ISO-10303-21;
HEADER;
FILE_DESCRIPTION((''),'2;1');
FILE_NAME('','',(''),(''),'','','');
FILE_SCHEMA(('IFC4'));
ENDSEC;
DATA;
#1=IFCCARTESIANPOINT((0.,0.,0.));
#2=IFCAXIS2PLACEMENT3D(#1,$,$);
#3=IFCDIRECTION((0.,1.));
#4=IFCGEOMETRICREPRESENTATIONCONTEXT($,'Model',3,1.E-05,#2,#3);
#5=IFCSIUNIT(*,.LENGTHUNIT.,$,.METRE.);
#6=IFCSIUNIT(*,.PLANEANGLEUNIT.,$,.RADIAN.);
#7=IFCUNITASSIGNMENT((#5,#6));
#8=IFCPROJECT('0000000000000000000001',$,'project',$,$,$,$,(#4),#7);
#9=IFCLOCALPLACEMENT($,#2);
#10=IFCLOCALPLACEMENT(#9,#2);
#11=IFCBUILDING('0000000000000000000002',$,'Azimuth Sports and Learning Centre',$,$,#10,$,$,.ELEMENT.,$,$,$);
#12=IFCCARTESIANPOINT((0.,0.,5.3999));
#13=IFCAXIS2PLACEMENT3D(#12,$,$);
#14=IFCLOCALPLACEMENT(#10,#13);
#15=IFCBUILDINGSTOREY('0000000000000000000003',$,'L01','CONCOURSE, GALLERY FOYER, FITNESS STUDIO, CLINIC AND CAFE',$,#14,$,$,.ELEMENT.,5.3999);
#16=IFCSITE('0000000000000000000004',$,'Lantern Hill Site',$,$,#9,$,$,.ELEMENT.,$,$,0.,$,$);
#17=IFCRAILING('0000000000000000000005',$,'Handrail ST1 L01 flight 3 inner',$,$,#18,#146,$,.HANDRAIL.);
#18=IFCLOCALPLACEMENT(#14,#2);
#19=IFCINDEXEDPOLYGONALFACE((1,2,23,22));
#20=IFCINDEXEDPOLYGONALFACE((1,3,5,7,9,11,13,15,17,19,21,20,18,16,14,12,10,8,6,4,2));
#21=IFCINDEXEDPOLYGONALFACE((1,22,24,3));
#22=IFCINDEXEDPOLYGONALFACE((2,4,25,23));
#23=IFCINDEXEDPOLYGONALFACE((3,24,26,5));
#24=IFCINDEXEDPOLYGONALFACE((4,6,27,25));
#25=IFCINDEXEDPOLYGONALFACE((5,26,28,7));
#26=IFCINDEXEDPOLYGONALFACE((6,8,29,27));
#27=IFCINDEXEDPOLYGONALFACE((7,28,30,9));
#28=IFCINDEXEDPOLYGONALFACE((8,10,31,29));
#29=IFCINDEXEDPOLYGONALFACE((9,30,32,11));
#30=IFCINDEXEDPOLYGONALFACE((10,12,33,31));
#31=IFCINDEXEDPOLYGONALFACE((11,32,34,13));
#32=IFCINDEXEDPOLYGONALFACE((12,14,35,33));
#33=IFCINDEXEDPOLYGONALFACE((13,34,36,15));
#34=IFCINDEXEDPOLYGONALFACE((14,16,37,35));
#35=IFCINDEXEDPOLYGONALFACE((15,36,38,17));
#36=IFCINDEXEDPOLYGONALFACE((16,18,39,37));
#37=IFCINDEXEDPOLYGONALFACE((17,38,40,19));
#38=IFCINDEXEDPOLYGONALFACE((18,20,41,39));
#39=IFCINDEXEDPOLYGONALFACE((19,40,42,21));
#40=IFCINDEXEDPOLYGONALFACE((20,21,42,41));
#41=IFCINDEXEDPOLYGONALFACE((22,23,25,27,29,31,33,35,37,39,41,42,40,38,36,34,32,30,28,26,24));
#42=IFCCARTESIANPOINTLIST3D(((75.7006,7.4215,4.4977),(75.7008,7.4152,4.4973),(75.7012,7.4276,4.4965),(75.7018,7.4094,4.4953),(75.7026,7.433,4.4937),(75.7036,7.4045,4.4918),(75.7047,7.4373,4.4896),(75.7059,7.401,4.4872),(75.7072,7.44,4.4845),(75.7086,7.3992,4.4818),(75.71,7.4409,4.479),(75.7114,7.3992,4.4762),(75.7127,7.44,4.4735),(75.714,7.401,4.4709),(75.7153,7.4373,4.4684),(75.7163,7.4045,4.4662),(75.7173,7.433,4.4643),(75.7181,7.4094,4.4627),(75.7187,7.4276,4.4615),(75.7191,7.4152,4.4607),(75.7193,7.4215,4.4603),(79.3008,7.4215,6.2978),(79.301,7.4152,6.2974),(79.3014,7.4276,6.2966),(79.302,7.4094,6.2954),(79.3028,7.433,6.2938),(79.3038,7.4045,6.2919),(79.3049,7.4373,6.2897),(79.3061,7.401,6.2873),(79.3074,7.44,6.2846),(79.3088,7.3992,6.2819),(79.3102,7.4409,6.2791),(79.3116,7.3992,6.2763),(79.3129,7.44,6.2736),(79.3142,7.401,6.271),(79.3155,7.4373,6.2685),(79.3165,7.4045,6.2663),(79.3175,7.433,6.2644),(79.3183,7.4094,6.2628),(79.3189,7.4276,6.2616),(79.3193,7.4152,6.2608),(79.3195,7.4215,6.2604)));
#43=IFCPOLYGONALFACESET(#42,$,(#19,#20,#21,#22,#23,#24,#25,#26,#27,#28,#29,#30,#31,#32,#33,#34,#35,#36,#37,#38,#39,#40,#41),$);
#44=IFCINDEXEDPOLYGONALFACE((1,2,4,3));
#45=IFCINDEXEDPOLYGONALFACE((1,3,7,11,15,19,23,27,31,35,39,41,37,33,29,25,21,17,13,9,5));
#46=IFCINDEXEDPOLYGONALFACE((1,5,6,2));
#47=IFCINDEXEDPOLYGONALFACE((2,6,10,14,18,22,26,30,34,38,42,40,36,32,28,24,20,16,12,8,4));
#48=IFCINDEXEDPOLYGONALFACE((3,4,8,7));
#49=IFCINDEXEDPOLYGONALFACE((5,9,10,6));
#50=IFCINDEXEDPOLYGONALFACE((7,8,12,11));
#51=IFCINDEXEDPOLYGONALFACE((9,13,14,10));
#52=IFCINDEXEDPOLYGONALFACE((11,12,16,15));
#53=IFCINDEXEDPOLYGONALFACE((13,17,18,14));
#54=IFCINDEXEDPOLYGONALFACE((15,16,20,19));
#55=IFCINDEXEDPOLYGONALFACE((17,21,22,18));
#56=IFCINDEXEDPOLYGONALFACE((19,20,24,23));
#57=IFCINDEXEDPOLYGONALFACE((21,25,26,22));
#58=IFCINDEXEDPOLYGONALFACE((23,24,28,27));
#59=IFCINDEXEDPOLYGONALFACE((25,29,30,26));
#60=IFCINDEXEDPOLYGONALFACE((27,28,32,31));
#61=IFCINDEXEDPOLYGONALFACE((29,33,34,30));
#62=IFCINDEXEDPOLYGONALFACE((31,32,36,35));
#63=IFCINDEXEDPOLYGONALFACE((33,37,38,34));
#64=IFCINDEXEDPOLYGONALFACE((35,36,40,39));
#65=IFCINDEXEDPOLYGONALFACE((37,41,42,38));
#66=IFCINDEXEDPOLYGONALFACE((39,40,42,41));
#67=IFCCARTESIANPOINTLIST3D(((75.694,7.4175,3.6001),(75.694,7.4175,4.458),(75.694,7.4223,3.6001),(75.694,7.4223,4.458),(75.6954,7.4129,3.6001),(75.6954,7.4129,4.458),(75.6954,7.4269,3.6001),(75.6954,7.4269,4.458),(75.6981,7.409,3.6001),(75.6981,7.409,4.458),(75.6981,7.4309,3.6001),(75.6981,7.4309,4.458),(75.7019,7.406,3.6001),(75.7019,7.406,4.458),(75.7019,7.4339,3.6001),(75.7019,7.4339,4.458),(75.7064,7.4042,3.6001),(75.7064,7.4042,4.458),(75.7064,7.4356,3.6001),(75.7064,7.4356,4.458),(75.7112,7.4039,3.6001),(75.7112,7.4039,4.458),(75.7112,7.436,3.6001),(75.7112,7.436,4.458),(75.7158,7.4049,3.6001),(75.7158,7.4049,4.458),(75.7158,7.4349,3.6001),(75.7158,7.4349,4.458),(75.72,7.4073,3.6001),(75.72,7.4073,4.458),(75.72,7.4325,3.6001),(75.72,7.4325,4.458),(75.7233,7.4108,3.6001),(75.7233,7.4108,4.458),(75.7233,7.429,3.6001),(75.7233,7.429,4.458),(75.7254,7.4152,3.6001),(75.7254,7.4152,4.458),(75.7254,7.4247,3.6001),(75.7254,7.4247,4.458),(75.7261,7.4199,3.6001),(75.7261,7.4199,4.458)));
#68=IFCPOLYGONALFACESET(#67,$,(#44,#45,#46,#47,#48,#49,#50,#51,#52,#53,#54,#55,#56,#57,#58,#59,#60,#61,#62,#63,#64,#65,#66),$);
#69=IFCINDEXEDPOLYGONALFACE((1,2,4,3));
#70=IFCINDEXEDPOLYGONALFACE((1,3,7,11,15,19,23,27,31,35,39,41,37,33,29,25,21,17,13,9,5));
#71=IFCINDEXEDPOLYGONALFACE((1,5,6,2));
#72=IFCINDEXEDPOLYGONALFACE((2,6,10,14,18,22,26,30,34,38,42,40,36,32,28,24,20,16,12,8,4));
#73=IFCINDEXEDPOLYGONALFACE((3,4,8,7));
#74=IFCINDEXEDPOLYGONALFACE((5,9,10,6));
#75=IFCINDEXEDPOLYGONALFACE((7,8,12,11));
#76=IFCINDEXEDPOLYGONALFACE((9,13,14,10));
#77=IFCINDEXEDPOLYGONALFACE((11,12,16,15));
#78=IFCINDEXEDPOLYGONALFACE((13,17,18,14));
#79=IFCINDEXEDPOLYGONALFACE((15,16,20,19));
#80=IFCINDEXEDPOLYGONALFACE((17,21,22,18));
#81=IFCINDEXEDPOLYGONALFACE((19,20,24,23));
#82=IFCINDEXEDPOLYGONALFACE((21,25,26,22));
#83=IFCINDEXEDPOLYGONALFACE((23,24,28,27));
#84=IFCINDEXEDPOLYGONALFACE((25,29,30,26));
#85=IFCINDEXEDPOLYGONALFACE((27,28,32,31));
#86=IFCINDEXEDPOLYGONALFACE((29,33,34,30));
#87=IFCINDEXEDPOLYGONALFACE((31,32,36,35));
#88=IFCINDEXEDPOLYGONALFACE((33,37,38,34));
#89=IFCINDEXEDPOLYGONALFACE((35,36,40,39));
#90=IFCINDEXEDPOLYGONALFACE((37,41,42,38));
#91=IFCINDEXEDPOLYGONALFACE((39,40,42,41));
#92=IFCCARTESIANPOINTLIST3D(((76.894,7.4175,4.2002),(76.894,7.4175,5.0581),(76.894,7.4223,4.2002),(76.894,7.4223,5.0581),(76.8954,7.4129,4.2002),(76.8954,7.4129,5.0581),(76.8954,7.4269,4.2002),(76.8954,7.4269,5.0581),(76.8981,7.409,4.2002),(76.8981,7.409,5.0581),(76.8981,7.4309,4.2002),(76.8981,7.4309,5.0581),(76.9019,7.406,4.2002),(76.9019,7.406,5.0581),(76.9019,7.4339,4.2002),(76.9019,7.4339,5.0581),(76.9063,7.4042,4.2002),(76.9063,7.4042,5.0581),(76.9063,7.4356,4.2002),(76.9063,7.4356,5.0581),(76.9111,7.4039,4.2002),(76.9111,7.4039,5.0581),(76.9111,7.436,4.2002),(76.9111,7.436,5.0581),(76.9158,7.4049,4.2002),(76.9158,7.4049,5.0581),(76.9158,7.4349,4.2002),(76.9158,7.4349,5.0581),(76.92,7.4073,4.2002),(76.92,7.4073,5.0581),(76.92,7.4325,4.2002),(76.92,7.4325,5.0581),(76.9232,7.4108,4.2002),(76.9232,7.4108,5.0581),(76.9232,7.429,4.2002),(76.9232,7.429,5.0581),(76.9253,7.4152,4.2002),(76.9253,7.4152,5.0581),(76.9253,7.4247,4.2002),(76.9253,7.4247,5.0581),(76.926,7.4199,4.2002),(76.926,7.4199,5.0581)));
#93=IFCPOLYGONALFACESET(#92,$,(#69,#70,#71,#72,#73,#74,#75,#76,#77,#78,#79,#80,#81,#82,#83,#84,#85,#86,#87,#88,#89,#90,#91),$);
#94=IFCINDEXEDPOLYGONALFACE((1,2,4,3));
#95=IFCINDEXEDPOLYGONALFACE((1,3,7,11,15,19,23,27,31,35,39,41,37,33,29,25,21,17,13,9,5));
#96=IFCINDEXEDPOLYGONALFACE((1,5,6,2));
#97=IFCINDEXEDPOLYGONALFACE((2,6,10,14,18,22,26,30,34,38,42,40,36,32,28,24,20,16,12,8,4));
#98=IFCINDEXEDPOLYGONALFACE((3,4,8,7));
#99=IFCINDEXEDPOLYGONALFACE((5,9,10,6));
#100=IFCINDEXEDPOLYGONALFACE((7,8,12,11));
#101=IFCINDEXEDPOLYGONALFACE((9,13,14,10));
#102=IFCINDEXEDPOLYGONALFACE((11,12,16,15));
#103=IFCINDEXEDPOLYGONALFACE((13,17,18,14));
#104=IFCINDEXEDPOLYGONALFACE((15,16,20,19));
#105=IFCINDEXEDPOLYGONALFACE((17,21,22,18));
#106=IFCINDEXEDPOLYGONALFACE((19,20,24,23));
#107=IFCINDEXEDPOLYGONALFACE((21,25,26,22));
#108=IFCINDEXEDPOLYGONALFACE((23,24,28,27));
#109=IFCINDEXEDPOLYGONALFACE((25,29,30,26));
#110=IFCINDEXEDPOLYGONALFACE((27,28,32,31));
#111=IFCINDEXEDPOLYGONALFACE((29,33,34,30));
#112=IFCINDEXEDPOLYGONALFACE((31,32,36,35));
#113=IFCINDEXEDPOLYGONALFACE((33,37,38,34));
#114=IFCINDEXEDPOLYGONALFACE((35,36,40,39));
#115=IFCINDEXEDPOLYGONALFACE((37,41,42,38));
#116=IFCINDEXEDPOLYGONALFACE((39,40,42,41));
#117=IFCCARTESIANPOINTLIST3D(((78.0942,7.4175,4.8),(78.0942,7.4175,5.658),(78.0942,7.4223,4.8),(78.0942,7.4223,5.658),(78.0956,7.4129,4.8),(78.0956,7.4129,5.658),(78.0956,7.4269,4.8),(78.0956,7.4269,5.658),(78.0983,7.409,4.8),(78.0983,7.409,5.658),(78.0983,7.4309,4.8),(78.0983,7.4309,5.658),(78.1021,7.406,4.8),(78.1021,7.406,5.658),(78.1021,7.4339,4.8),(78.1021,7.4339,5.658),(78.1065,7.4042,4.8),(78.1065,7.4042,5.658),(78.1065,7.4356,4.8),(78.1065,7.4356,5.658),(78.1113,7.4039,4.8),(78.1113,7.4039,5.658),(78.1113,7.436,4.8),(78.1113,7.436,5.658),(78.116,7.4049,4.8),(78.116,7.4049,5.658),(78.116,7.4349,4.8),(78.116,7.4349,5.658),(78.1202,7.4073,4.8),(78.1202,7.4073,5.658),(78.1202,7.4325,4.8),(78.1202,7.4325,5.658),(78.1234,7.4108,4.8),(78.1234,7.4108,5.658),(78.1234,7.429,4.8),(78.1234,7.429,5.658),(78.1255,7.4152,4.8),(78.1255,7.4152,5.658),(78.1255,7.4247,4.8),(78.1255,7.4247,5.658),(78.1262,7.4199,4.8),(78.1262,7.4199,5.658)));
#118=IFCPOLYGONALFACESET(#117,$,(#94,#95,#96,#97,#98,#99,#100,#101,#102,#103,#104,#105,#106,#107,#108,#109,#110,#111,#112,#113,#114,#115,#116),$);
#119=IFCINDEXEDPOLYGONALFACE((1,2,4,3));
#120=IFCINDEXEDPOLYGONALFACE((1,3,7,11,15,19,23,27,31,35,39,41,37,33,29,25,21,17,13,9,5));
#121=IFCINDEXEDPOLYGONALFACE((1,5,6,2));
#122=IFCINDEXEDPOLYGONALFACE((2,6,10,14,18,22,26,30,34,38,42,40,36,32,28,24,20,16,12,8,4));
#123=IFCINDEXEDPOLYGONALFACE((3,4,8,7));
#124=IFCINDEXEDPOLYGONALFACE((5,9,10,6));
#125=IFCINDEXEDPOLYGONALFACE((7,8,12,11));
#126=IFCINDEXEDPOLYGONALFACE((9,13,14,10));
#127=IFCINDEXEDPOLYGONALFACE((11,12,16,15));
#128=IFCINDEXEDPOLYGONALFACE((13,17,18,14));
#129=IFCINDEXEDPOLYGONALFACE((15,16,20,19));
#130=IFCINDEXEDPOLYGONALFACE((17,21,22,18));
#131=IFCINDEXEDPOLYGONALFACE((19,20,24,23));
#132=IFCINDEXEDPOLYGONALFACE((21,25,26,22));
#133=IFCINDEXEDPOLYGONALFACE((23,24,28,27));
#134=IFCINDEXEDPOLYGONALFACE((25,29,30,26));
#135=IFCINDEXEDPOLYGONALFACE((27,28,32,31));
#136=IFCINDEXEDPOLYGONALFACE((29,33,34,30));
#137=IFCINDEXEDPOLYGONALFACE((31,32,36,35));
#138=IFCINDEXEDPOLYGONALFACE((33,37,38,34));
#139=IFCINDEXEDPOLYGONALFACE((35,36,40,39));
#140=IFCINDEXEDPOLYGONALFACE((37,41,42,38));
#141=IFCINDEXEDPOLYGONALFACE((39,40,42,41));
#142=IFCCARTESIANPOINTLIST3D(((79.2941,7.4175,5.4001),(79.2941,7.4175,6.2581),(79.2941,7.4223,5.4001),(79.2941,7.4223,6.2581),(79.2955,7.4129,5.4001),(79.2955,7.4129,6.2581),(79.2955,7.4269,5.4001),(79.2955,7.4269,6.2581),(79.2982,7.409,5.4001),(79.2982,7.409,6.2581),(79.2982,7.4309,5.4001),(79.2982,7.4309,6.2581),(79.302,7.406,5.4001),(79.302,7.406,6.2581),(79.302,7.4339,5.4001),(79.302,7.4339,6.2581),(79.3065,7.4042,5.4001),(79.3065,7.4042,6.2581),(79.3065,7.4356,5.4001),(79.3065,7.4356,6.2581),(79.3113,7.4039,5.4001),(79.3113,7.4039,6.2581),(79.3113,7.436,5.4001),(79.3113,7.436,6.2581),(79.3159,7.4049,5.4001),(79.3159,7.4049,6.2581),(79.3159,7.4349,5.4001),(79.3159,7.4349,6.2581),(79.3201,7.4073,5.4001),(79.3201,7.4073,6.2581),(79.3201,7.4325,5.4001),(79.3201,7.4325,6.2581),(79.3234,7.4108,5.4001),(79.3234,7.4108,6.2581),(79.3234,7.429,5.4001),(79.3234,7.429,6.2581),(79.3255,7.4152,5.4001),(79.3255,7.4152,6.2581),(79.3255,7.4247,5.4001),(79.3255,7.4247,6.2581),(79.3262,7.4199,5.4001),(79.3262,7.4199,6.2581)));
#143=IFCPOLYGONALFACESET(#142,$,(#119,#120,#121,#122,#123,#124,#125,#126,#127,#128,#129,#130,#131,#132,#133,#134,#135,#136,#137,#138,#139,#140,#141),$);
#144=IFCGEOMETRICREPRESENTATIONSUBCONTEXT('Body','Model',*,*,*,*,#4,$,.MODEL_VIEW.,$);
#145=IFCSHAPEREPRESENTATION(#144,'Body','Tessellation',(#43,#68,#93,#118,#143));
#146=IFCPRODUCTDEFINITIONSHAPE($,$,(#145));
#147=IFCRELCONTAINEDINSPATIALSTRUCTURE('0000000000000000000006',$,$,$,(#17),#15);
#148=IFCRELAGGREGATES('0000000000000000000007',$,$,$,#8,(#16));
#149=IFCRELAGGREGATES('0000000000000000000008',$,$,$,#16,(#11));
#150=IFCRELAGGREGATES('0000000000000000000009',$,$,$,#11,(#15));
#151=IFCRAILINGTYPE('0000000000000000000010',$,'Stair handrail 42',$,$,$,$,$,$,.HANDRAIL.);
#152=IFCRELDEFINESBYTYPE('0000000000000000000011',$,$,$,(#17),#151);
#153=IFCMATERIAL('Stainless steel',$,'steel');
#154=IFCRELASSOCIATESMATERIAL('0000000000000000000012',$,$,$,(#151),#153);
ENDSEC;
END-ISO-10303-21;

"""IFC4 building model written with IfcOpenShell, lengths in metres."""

from ifc_helpers import new_model, si_unit, direction, frame, origin, origin_2d, place, context, subcontext, project, spatial, circle, extrude, material, type_object, element, save


model = new_model("IFC4")

# Units and contexts
model_context = context("Model", 3, precision=1e-05, world=origin(), true_north=direction((0.0, 1.0)))
body_context = subcontext(model_context, "Body", "Model", "MODEL_VIEW")
ifc_project = project(units=[si_unit("LENGTHUNIT", "METRE"), si_unit("PLANEANGLEUNIT", "RADIAN")], contexts=[model_context])

# Site, building, storey
site_placement = place(None, origin())
site = spatial("IfcSite", under=ifc_project, at=site_placement, Name="Lantern Hill Site", CompositionType="ELEMENT", RefElevation=0.0)
building_placement = place(site_placement, origin())
building = spatial("IfcBuilding", under=site, at=building_placement, Name="Azimuth Sports and Learning Centre", CompositionType="ELEMENT")
storey_placement = place(building_placement, frame((0.0, 0.0, 5.3999)))
storey = spatial("IfcBuildingStorey", under=building, at=storey_placement, Name="L01", Description="CONCOURSE, GALLERY FOYER, FITNESS STUDIO, CLINIC AND CAFE", CompositionType="ELEMENT", Elevation=5.3999)

# Railing
ifc_material_1 = material(Name="Stainless steel", Category="steel")
railing_type = type_object("IfcRailingType", Name="Stair handrail 42", PredefinedType="HANDRAIL", material=ifc_material_1)
for number, where, name in (
    (1, (75.71, 7.4199, 3.6001), "Handrail ST1 L01 flight 3 inner"),
):
    element("IfcRailing", number, at=place(storey_placement, frame(where)), inside=storey, type_object=railing_type, Name=name, PredefinedType="HANDRAIL", context=body_context, shape_type="SweptSolid", body=[
        extrude(circle(Radius=0.021, at=origin_2d()), frame((0.0, 0.0, 0.8789), z_axis=(0.894427, 0.0, 0.447214), x_axis=(0.0, 1.0, 0.0)), (0.0, 0.0, 1.0), 4.0251),
        extrude(circle(Radius=0.0161, at=origin_2d()), origin(), (0.0, 0.0, 1.0), 0.8579),
        extrude(circle(Radius=0.0161, at=origin_2d()), frame((1.2, 0.0, 0.6001)), (0.0, 0.0, 1.0), 0.8579),
        extrude(circle(Radius=0.0161, at=origin_2d()), frame((2.4001, 0.0, 1.2)), (0.0, 0.0, 1.0), 0.8579),
        extrude(circle(Radius=0.0161, at=origin_2d()), frame((3.6001, 0.0, 1.8)), (0.0, 0.0, 1.0), 0.8579),
    ])

save(model, "model.ifc")
